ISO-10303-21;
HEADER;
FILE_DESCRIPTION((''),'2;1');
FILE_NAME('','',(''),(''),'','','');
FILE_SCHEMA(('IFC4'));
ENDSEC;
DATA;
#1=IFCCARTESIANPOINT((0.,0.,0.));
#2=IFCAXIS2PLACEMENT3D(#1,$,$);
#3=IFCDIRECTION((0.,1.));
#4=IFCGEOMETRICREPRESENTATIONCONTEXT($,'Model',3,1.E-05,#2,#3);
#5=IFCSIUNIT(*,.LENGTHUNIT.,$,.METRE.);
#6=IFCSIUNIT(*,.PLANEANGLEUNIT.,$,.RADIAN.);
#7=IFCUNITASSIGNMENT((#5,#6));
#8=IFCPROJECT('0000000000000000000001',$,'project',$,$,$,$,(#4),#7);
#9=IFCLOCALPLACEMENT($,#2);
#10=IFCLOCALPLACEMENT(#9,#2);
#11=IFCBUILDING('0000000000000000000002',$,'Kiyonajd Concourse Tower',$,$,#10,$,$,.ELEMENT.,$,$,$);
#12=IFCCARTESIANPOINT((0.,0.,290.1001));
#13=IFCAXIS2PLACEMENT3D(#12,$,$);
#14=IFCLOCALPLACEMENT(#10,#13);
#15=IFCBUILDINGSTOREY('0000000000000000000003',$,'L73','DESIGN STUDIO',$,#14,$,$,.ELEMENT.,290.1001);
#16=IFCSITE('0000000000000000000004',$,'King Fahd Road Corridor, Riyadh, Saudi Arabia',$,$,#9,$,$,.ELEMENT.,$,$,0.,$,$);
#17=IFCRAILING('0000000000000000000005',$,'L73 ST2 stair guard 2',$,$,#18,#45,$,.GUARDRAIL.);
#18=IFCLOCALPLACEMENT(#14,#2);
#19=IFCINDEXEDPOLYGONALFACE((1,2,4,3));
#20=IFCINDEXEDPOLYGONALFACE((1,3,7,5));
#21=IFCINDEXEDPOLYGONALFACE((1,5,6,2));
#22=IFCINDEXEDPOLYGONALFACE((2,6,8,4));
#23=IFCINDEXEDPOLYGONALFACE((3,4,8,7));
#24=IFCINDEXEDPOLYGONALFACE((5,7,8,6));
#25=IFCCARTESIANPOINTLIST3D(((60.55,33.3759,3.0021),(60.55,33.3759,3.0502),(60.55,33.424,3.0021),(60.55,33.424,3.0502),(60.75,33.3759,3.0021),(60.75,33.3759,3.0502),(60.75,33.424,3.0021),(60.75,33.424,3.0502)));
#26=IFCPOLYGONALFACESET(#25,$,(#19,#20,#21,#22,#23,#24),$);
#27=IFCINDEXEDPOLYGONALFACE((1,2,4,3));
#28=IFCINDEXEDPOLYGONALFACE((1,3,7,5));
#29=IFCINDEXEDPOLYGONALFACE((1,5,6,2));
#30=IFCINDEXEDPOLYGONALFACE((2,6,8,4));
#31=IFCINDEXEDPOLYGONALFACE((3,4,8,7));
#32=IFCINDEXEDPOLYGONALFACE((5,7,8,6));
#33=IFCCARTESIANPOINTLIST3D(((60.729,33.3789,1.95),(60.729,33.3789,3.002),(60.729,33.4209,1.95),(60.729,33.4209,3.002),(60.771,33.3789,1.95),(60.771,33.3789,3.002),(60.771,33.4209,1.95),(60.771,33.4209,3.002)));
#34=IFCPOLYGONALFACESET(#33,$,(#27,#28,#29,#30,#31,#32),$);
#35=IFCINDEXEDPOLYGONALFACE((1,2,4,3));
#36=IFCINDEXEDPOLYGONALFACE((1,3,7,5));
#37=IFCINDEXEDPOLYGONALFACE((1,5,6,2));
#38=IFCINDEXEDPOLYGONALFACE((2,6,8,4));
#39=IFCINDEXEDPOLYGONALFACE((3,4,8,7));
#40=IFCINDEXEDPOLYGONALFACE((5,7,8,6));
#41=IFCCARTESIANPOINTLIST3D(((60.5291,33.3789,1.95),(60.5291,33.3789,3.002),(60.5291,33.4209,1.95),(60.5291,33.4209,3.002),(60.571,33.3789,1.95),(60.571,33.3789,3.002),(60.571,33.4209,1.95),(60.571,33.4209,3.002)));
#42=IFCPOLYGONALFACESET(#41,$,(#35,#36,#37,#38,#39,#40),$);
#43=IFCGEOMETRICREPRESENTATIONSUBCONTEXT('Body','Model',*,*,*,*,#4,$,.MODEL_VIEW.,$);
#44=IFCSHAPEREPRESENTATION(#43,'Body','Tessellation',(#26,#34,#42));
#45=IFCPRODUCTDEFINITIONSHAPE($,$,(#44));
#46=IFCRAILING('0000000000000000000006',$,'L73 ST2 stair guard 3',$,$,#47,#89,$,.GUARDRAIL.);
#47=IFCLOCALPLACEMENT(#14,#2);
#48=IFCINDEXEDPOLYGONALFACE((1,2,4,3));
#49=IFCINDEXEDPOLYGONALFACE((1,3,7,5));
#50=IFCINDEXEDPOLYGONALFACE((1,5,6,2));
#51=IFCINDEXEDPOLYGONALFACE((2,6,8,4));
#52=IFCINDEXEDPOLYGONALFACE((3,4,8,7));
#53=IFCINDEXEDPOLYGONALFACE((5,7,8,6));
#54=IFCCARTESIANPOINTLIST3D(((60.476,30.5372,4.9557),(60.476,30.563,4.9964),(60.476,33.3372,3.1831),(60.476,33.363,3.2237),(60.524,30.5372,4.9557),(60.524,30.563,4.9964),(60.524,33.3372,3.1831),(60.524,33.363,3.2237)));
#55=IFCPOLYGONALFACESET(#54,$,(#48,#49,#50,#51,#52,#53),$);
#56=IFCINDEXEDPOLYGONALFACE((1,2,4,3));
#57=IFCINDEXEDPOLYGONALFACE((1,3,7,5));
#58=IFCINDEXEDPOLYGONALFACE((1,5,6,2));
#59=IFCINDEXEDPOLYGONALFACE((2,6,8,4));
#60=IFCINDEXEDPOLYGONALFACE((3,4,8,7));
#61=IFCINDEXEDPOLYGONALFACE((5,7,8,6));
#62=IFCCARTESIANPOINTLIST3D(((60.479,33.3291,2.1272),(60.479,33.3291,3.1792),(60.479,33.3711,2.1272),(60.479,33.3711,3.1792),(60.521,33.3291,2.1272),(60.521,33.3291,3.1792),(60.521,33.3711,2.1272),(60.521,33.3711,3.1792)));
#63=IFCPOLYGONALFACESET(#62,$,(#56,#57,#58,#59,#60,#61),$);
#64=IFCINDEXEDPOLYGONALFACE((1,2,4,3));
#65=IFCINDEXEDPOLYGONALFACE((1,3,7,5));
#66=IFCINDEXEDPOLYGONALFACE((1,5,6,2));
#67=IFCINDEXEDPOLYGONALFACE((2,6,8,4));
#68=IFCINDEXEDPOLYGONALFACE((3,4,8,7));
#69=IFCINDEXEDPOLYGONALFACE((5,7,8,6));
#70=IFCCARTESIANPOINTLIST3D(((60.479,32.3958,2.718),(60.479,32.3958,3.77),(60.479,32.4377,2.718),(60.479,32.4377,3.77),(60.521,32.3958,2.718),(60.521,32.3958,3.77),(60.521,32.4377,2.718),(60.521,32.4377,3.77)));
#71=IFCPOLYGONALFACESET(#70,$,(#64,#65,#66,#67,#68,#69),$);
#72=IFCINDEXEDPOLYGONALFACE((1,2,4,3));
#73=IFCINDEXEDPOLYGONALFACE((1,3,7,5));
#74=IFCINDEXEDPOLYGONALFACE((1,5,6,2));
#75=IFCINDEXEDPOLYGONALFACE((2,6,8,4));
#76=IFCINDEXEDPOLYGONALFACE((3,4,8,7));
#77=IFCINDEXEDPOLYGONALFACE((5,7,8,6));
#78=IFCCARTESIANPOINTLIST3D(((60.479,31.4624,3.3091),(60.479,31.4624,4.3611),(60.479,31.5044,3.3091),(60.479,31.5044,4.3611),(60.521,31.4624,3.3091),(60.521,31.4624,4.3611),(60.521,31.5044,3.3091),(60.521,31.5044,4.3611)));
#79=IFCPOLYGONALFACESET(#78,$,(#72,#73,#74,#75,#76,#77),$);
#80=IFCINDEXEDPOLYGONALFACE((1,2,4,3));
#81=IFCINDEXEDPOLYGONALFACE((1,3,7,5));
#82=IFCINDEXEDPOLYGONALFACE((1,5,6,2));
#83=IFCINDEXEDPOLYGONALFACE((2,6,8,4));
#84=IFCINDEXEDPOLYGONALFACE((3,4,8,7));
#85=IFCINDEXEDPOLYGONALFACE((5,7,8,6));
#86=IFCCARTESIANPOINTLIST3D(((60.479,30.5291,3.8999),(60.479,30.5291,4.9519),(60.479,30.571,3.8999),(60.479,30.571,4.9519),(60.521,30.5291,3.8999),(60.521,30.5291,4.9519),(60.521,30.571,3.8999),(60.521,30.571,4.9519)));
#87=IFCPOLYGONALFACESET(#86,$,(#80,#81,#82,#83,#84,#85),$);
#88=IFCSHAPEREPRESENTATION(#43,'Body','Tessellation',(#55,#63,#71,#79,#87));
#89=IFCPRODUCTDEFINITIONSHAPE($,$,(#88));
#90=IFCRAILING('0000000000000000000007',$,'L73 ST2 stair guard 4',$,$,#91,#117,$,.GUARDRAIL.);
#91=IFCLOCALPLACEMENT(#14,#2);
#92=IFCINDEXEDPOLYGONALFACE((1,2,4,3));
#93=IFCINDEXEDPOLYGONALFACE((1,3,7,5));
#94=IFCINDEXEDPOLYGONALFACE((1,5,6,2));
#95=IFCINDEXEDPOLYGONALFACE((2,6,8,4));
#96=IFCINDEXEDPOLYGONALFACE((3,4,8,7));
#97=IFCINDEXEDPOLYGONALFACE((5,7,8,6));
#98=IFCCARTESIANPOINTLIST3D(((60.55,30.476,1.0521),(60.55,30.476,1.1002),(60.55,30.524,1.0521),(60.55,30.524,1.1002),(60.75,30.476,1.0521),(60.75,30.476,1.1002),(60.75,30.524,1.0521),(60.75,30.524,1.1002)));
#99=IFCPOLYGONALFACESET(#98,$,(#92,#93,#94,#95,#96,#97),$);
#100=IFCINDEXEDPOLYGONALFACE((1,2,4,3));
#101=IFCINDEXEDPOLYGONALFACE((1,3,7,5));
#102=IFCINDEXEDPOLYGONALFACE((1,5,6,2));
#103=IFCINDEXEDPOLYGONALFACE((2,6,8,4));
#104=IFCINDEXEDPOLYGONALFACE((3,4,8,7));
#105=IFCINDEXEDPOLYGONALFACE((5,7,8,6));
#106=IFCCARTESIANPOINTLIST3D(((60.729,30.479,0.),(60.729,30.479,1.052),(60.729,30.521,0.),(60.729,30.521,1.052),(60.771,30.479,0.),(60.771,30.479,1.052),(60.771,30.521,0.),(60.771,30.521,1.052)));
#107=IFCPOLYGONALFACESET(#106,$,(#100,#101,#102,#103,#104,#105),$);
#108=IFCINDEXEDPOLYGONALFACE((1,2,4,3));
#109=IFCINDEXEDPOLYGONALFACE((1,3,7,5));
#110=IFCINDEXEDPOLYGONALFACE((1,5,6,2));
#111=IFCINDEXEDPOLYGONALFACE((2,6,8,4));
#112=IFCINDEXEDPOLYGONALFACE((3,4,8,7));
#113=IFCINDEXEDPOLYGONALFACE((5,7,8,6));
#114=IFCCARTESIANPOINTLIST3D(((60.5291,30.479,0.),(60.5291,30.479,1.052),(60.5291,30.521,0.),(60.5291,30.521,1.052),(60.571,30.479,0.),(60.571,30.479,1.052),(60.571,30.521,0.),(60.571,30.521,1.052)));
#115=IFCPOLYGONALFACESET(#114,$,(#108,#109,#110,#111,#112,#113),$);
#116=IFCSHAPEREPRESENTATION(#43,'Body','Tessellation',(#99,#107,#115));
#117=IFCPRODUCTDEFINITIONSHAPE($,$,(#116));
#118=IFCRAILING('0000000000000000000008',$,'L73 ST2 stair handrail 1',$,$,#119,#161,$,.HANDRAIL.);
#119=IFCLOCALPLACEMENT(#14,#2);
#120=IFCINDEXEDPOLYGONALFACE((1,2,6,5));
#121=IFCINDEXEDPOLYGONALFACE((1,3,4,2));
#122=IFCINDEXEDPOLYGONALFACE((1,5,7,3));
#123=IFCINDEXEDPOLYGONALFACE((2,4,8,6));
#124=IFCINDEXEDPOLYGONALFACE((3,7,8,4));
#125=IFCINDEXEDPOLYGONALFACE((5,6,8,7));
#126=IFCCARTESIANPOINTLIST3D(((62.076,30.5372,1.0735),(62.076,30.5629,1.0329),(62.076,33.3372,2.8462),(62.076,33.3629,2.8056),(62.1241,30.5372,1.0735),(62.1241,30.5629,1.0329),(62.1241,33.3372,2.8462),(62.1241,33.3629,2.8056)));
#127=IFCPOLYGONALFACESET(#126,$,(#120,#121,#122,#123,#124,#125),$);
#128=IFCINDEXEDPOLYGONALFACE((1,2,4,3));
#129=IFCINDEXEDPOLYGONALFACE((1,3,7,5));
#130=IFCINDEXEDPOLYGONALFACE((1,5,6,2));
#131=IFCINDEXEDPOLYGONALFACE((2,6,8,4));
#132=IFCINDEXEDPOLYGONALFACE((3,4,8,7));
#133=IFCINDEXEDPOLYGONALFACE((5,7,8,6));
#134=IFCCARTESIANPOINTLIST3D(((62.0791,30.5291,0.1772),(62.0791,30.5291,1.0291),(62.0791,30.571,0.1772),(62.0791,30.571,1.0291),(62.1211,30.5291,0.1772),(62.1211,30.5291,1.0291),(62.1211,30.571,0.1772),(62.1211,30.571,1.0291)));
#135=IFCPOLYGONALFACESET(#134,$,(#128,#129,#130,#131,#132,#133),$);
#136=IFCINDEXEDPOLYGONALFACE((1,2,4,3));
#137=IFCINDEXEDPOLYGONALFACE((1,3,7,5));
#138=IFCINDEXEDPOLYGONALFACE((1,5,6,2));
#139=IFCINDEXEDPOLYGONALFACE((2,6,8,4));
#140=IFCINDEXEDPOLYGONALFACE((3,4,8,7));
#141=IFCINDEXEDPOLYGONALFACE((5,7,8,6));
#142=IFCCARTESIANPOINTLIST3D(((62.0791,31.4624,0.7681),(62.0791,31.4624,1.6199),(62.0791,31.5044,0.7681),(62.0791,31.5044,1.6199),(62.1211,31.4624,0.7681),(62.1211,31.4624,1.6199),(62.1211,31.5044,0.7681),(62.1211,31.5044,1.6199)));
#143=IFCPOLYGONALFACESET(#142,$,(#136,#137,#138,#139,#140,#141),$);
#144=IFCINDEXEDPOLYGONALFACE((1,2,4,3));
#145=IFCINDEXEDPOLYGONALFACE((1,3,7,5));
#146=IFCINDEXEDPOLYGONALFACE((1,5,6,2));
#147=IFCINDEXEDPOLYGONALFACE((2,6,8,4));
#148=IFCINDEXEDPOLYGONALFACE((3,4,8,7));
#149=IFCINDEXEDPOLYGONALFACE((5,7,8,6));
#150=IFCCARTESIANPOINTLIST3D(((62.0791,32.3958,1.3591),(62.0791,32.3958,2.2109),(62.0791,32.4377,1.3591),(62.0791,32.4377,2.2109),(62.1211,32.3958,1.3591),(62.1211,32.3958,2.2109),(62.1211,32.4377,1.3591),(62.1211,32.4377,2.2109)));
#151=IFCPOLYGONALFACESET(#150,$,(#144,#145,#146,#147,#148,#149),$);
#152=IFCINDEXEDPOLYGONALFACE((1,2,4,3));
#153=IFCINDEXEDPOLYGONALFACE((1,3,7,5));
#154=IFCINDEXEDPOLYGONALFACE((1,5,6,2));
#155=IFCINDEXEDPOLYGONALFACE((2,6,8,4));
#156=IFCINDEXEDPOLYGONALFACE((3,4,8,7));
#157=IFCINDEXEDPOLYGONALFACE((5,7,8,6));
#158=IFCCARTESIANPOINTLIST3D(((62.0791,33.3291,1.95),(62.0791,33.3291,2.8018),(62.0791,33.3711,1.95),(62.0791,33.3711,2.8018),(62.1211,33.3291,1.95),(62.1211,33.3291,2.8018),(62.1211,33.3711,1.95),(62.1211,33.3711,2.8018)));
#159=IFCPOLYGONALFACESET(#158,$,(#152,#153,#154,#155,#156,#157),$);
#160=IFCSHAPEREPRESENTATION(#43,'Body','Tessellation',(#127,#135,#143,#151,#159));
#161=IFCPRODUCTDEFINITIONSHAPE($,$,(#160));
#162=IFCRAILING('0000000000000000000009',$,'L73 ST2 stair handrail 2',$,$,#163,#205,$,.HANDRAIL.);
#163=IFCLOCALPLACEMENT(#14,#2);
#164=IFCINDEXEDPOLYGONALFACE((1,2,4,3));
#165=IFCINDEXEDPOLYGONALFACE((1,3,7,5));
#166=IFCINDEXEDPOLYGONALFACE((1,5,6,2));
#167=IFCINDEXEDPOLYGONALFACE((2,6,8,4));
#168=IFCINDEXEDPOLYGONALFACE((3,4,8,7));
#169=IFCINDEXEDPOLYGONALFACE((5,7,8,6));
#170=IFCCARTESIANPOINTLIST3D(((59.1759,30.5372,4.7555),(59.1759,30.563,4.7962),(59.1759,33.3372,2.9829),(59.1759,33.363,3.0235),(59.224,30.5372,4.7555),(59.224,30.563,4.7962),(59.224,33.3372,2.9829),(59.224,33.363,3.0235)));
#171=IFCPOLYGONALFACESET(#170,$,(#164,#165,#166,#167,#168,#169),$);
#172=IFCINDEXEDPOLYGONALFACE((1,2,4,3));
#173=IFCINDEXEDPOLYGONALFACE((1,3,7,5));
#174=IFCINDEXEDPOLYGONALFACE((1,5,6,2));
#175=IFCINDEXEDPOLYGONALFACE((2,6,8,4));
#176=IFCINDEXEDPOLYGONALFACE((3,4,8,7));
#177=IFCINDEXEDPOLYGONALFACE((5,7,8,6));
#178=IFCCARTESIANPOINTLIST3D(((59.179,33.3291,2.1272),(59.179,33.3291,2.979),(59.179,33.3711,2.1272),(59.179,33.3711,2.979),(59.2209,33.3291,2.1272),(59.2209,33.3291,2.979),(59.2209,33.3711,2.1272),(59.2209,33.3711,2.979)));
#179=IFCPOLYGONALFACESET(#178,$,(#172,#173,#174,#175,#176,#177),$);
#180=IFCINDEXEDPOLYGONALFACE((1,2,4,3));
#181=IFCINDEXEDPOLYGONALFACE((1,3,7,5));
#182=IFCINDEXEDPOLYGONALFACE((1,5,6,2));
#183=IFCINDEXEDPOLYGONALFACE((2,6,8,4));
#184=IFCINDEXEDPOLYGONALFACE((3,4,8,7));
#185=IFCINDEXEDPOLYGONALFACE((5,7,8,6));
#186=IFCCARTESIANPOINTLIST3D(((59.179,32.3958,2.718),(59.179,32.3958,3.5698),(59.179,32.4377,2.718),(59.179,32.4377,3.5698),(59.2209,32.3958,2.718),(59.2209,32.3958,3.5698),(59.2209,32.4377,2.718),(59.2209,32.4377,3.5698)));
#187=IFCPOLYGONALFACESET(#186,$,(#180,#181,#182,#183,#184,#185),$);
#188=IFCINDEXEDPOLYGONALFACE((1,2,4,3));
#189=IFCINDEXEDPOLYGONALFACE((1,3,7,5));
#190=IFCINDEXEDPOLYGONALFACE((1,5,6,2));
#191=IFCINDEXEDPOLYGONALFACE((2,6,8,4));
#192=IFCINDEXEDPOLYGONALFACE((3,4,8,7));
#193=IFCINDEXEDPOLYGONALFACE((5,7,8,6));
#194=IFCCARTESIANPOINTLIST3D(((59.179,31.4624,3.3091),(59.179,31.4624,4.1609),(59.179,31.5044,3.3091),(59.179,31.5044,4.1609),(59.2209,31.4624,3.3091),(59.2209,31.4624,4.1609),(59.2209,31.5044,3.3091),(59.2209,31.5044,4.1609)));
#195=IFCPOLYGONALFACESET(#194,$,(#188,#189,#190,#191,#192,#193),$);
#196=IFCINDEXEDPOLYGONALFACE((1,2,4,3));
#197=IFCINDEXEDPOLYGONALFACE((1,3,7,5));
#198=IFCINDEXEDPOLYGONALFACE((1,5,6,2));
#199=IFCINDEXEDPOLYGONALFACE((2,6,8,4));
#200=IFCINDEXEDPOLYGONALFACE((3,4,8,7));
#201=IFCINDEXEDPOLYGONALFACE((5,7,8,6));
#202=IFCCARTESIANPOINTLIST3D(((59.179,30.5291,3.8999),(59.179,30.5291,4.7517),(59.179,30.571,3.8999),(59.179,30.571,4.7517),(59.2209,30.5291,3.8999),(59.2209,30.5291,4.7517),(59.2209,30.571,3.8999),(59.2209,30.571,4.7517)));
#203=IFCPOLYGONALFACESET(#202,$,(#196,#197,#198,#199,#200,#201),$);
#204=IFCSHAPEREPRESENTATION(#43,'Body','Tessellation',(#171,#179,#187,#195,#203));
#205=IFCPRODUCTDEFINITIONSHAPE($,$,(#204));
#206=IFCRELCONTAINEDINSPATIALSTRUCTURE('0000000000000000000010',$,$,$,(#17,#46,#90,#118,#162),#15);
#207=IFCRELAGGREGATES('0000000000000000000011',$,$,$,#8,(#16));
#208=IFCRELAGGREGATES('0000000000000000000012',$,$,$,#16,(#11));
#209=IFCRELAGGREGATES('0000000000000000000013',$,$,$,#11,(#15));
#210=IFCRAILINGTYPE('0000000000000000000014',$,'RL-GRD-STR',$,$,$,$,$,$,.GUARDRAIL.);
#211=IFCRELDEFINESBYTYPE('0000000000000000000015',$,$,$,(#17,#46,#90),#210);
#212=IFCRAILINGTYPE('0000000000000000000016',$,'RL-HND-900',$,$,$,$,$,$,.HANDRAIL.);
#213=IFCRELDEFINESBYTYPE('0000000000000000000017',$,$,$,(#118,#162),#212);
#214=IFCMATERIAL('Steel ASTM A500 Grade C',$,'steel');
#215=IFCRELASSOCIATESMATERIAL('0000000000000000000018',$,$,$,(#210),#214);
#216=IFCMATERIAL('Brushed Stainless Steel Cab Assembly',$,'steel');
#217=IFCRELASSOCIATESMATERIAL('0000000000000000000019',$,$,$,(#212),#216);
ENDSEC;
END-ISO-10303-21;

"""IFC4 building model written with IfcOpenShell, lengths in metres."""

from ifc_helpers import new_model, si_unit, direction, frame, origin, origin_2d, place, context, subcontext, project, spatial, rectangle, extrude, material, type_object, element, save


model = new_model("IFC4")

# Units and contexts
model_context = context("Model", 3, precision=1e-05, world=origin(), true_north=direction((0.0, 1.0)))
body_context = subcontext(model_context, "Body", "Model", "MODEL_VIEW")
ifc_project = project(units=[si_unit("LENGTHUNIT", "METRE"), si_unit("PLANEANGLEUNIT", "RADIAN")], contexts=[model_context])

# Site, building, storey
site_placement = place(None, origin())
site = spatial("IfcSite", under=ifc_project, at=site_placement, Name="King Fahd Road Corridor, Riyadh, Saudi Arabia", CompositionType="ELEMENT", RefElevation=0.0)
building_placement = place(site_placement, origin())
building = spatial("IfcBuilding", under=site, at=building_placement, Name="Kiyonajd Concourse Tower", CompositionType="ELEMENT")
storey_placement = place(building_placement, frame((0.0, 0.0, 290.1001)))
storey = spatial("IfcBuildingStorey", under=building, at=storey_placement, Name="L73", Description="DESIGN STUDIO", CompositionType="ELEMENT", Elevation=290.1001)

# Railings
ifc_material_1 = material(Name="Steel ASTM A500 Grade C", Category="steel")
railing_type_1 = type_object("IfcRailingType", Name="RL-GRD-STR", PredefinedType="GUARDRAIL", material=ifc_material_1)
railing_1_placement = place(storey_placement, frame((60.75, 33.3999, 1.95)))
element("IfcRailing", 1, at=railing_1_placement, inside=storey, type_object=railing_type_1, Name="L73 ST2 stair guard 2", PredefinedType="GUARDRAIL", context=body_context, shape_type="SweptSolid", body=[
    extrude(rectangle(XDim=0.0481, YDim=0.0481, at=origin_2d()), frame((0.0, 0.0, 1.0762), z_axis=(-1.0, 0.0, 0.0), x_axis=(0.0, -1.0, 0.0)), (0.0, 0.0, 1.0), 0.2),
    extrude(rectangle(XDim=0.042, YDim=0.042, at=origin_2d()), origin(), (0.0, 0.0, 1.0), 1.052),
    extrude(rectangle(XDim=0.042, YDim=0.042, at=origin_2d()), frame((-0.2, 0.0, 0.0)), (0.0, 0.0, 1.0), 1.052),
])
railing_2_placement = place(storey_placement, frame((60.5, 33.3501, 2.1272)))
element("IfcRailing", 2, at=railing_2_placement, inside=storey, type_object=railing_type_1, Name="L73 ST2 stair guard 3", PredefinedType="GUARDRAIL", context=body_context, shape_type="SweptSolid", body=[
    extrude(rectangle(XDim=0.0481, YDim=0.0481, at=origin_2d()), frame((0.0, 0.0, 1.0762), z_axis=(0.0, -0.844909, 0.53491), x_axis=(1.0, 0.0, 0.0)), (0.0, 0.0, 1.0), 3.314),
    extrude(rectangle(XDim=0.042, YDim=0.042, at=origin_2d()), origin(), (0.0, 0.0, 1.0), 1.052),
    extrude(rectangle(XDim=0.042, YDim=0.042, at=origin_2d()), frame((0.0, -0.9333, 0.5908)), (0.0, 0.0, 1.0), 1.052),
    extrude(rectangle(XDim=0.042, YDim=0.042, at=origin_2d()), frame((0.0, -1.8667, 1.1819)), (0.0, 0.0, 1.0), 1.052),
    extrude(rectangle(XDim=0.042, YDim=0.042, at=origin_2d()), frame((0.0, -2.8, 1.7727)), (0.0, 0.0, 1.0), 1.052),
])
railing_3_placement = place(storey_placement, frame((60.75, 30.5, 0.0)))
element("IfcRailing", 3, at=railing_3_placement, inside=storey, type_object=railing_type_1, Name="L73 ST2 stair guard 4", PredefinedType="GUARDRAIL", context=body_context, shape_type="SweptSolid", body=[
    extrude(rectangle(XDim=0.0481, YDim=0.0481, at=origin_2d()), frame((0.0, 0.0, 1.0762), z_axis=(-1.0, 0.0, 0.0), x_axis=(0.0, -1.0, 0.0)), (0.0, 0.0, 1.0), 0.2),
    extrude(rectangle(XDim=0.042, YDim=0.042, at=origin_2d()), origin(), (0.0, 0.0, 1.0), 1.052),
    extrude(rectangle(XDim=0.042, YDim=0.042, at=origin_2d()), frame((-0.2, 0.0, 0.0)), (0.0, 0.0, 1.0), 1.052),
])
ifc_material_2 = material(Name="Brushed Stainless Steel Cab Assembly", Category="steel")
railing_type_2 = type_object("IfcRailingType", Name="RL-HND-900", PredefinedType="HANDRAIL", material=ifc_material_2)
railing_4_placement = place(storey_placement, frame((62.1001, 30.55, 0.1772)))
element("IfcRailing", 4, at=railing_4_placement, inside=storey, type_object=railing_type_2, Name="L73 ST2 stair handrail 1", PredefinedType="HANDRAIL", context=body_context, shape_type="SweptSolid", body=[
    extrude(rectangle(XDim=0.0481, YDim=0.0481, at=origin_2d()), frame((0.0, 0.0, 0.876), z_axis=(0.0, 0.844909, 0.53491), x_axis=(-1.0, 0.0, 0.0)), (0.0, 0.0, 1.0), 3.314),
    extrude(rectangle(XDim=0.042, YDim=0.042, at=origin_2d()), origin(), (0.0, 0.0, 1.0), 0.8518),
    extrude(rectangle(XDim=0.042, YDim=0.042, at=origin_2d()), frame((0.0, 0.9333, 0.5908)), (0.0, 0.0, 1.0), 0.8518),
    extrude(rectangle(XDim=0.042, YDim=0.042, at=origin_2d()), frame((0.0, 1.8667, 1.1819)), (0.0, 0.0, 1.0), 0.8518),
    extrude(rectangle(XDim=0.042, YDim=0.042, at=origin_2d()), frame((0.0, 2.8, 1.7727)), (0.0, 0.0, 1.0), 0.8518),
])
railing_5_placement = place(storey_placement, frame((59.2, 33.3501, 2.1272)))
element("IfcRailing", 5, at=railing_5_placement, inside=storey, type_object=railing_type_2, Name="L73 ST2 stair handrail 2", PredefinedType="HANDRAIL", context=body_context, shape_type="SweptSolid", body=[
    extrude(rectangle(XDim=0.0481, YDim=0.0481, at=origin_2d()), frame((0.0, 0.0, 0.876), z_axis=(0.0, -0.844909, 0.53491), x_axis=(1.0, 0.0, 0.0)), (0.0, 0.0, 1.0), 3.314),
    extrude(rectangle(XDim=0.042, YDim=0.042, at=origin_2d()), origin(), (0.0, 0.0, 1.0), 0.8518),
    extrude(rectangle(XDim=0.042, YDim=0.042, at=origin_2d()), frame((0.0, -0.9333, 0.5908)), (0.0, 0.0, 1.0), 0.8518),
    extrude(rectangle(XDim=0.042, YDim=0.042, at=origin_2d()), frame((0.0, -1.8667, 1.1819)), (0.0, 0.0, 1.0), 0.8518),
    extrude(rectangle(XDim=0.042, YDim=0.042, at=origin_2d()), frame((0.0, -2.8, 1.7727)), (0.0, 0.0, 1.0), 0.8518),
])

save(model, "model.ifc")
